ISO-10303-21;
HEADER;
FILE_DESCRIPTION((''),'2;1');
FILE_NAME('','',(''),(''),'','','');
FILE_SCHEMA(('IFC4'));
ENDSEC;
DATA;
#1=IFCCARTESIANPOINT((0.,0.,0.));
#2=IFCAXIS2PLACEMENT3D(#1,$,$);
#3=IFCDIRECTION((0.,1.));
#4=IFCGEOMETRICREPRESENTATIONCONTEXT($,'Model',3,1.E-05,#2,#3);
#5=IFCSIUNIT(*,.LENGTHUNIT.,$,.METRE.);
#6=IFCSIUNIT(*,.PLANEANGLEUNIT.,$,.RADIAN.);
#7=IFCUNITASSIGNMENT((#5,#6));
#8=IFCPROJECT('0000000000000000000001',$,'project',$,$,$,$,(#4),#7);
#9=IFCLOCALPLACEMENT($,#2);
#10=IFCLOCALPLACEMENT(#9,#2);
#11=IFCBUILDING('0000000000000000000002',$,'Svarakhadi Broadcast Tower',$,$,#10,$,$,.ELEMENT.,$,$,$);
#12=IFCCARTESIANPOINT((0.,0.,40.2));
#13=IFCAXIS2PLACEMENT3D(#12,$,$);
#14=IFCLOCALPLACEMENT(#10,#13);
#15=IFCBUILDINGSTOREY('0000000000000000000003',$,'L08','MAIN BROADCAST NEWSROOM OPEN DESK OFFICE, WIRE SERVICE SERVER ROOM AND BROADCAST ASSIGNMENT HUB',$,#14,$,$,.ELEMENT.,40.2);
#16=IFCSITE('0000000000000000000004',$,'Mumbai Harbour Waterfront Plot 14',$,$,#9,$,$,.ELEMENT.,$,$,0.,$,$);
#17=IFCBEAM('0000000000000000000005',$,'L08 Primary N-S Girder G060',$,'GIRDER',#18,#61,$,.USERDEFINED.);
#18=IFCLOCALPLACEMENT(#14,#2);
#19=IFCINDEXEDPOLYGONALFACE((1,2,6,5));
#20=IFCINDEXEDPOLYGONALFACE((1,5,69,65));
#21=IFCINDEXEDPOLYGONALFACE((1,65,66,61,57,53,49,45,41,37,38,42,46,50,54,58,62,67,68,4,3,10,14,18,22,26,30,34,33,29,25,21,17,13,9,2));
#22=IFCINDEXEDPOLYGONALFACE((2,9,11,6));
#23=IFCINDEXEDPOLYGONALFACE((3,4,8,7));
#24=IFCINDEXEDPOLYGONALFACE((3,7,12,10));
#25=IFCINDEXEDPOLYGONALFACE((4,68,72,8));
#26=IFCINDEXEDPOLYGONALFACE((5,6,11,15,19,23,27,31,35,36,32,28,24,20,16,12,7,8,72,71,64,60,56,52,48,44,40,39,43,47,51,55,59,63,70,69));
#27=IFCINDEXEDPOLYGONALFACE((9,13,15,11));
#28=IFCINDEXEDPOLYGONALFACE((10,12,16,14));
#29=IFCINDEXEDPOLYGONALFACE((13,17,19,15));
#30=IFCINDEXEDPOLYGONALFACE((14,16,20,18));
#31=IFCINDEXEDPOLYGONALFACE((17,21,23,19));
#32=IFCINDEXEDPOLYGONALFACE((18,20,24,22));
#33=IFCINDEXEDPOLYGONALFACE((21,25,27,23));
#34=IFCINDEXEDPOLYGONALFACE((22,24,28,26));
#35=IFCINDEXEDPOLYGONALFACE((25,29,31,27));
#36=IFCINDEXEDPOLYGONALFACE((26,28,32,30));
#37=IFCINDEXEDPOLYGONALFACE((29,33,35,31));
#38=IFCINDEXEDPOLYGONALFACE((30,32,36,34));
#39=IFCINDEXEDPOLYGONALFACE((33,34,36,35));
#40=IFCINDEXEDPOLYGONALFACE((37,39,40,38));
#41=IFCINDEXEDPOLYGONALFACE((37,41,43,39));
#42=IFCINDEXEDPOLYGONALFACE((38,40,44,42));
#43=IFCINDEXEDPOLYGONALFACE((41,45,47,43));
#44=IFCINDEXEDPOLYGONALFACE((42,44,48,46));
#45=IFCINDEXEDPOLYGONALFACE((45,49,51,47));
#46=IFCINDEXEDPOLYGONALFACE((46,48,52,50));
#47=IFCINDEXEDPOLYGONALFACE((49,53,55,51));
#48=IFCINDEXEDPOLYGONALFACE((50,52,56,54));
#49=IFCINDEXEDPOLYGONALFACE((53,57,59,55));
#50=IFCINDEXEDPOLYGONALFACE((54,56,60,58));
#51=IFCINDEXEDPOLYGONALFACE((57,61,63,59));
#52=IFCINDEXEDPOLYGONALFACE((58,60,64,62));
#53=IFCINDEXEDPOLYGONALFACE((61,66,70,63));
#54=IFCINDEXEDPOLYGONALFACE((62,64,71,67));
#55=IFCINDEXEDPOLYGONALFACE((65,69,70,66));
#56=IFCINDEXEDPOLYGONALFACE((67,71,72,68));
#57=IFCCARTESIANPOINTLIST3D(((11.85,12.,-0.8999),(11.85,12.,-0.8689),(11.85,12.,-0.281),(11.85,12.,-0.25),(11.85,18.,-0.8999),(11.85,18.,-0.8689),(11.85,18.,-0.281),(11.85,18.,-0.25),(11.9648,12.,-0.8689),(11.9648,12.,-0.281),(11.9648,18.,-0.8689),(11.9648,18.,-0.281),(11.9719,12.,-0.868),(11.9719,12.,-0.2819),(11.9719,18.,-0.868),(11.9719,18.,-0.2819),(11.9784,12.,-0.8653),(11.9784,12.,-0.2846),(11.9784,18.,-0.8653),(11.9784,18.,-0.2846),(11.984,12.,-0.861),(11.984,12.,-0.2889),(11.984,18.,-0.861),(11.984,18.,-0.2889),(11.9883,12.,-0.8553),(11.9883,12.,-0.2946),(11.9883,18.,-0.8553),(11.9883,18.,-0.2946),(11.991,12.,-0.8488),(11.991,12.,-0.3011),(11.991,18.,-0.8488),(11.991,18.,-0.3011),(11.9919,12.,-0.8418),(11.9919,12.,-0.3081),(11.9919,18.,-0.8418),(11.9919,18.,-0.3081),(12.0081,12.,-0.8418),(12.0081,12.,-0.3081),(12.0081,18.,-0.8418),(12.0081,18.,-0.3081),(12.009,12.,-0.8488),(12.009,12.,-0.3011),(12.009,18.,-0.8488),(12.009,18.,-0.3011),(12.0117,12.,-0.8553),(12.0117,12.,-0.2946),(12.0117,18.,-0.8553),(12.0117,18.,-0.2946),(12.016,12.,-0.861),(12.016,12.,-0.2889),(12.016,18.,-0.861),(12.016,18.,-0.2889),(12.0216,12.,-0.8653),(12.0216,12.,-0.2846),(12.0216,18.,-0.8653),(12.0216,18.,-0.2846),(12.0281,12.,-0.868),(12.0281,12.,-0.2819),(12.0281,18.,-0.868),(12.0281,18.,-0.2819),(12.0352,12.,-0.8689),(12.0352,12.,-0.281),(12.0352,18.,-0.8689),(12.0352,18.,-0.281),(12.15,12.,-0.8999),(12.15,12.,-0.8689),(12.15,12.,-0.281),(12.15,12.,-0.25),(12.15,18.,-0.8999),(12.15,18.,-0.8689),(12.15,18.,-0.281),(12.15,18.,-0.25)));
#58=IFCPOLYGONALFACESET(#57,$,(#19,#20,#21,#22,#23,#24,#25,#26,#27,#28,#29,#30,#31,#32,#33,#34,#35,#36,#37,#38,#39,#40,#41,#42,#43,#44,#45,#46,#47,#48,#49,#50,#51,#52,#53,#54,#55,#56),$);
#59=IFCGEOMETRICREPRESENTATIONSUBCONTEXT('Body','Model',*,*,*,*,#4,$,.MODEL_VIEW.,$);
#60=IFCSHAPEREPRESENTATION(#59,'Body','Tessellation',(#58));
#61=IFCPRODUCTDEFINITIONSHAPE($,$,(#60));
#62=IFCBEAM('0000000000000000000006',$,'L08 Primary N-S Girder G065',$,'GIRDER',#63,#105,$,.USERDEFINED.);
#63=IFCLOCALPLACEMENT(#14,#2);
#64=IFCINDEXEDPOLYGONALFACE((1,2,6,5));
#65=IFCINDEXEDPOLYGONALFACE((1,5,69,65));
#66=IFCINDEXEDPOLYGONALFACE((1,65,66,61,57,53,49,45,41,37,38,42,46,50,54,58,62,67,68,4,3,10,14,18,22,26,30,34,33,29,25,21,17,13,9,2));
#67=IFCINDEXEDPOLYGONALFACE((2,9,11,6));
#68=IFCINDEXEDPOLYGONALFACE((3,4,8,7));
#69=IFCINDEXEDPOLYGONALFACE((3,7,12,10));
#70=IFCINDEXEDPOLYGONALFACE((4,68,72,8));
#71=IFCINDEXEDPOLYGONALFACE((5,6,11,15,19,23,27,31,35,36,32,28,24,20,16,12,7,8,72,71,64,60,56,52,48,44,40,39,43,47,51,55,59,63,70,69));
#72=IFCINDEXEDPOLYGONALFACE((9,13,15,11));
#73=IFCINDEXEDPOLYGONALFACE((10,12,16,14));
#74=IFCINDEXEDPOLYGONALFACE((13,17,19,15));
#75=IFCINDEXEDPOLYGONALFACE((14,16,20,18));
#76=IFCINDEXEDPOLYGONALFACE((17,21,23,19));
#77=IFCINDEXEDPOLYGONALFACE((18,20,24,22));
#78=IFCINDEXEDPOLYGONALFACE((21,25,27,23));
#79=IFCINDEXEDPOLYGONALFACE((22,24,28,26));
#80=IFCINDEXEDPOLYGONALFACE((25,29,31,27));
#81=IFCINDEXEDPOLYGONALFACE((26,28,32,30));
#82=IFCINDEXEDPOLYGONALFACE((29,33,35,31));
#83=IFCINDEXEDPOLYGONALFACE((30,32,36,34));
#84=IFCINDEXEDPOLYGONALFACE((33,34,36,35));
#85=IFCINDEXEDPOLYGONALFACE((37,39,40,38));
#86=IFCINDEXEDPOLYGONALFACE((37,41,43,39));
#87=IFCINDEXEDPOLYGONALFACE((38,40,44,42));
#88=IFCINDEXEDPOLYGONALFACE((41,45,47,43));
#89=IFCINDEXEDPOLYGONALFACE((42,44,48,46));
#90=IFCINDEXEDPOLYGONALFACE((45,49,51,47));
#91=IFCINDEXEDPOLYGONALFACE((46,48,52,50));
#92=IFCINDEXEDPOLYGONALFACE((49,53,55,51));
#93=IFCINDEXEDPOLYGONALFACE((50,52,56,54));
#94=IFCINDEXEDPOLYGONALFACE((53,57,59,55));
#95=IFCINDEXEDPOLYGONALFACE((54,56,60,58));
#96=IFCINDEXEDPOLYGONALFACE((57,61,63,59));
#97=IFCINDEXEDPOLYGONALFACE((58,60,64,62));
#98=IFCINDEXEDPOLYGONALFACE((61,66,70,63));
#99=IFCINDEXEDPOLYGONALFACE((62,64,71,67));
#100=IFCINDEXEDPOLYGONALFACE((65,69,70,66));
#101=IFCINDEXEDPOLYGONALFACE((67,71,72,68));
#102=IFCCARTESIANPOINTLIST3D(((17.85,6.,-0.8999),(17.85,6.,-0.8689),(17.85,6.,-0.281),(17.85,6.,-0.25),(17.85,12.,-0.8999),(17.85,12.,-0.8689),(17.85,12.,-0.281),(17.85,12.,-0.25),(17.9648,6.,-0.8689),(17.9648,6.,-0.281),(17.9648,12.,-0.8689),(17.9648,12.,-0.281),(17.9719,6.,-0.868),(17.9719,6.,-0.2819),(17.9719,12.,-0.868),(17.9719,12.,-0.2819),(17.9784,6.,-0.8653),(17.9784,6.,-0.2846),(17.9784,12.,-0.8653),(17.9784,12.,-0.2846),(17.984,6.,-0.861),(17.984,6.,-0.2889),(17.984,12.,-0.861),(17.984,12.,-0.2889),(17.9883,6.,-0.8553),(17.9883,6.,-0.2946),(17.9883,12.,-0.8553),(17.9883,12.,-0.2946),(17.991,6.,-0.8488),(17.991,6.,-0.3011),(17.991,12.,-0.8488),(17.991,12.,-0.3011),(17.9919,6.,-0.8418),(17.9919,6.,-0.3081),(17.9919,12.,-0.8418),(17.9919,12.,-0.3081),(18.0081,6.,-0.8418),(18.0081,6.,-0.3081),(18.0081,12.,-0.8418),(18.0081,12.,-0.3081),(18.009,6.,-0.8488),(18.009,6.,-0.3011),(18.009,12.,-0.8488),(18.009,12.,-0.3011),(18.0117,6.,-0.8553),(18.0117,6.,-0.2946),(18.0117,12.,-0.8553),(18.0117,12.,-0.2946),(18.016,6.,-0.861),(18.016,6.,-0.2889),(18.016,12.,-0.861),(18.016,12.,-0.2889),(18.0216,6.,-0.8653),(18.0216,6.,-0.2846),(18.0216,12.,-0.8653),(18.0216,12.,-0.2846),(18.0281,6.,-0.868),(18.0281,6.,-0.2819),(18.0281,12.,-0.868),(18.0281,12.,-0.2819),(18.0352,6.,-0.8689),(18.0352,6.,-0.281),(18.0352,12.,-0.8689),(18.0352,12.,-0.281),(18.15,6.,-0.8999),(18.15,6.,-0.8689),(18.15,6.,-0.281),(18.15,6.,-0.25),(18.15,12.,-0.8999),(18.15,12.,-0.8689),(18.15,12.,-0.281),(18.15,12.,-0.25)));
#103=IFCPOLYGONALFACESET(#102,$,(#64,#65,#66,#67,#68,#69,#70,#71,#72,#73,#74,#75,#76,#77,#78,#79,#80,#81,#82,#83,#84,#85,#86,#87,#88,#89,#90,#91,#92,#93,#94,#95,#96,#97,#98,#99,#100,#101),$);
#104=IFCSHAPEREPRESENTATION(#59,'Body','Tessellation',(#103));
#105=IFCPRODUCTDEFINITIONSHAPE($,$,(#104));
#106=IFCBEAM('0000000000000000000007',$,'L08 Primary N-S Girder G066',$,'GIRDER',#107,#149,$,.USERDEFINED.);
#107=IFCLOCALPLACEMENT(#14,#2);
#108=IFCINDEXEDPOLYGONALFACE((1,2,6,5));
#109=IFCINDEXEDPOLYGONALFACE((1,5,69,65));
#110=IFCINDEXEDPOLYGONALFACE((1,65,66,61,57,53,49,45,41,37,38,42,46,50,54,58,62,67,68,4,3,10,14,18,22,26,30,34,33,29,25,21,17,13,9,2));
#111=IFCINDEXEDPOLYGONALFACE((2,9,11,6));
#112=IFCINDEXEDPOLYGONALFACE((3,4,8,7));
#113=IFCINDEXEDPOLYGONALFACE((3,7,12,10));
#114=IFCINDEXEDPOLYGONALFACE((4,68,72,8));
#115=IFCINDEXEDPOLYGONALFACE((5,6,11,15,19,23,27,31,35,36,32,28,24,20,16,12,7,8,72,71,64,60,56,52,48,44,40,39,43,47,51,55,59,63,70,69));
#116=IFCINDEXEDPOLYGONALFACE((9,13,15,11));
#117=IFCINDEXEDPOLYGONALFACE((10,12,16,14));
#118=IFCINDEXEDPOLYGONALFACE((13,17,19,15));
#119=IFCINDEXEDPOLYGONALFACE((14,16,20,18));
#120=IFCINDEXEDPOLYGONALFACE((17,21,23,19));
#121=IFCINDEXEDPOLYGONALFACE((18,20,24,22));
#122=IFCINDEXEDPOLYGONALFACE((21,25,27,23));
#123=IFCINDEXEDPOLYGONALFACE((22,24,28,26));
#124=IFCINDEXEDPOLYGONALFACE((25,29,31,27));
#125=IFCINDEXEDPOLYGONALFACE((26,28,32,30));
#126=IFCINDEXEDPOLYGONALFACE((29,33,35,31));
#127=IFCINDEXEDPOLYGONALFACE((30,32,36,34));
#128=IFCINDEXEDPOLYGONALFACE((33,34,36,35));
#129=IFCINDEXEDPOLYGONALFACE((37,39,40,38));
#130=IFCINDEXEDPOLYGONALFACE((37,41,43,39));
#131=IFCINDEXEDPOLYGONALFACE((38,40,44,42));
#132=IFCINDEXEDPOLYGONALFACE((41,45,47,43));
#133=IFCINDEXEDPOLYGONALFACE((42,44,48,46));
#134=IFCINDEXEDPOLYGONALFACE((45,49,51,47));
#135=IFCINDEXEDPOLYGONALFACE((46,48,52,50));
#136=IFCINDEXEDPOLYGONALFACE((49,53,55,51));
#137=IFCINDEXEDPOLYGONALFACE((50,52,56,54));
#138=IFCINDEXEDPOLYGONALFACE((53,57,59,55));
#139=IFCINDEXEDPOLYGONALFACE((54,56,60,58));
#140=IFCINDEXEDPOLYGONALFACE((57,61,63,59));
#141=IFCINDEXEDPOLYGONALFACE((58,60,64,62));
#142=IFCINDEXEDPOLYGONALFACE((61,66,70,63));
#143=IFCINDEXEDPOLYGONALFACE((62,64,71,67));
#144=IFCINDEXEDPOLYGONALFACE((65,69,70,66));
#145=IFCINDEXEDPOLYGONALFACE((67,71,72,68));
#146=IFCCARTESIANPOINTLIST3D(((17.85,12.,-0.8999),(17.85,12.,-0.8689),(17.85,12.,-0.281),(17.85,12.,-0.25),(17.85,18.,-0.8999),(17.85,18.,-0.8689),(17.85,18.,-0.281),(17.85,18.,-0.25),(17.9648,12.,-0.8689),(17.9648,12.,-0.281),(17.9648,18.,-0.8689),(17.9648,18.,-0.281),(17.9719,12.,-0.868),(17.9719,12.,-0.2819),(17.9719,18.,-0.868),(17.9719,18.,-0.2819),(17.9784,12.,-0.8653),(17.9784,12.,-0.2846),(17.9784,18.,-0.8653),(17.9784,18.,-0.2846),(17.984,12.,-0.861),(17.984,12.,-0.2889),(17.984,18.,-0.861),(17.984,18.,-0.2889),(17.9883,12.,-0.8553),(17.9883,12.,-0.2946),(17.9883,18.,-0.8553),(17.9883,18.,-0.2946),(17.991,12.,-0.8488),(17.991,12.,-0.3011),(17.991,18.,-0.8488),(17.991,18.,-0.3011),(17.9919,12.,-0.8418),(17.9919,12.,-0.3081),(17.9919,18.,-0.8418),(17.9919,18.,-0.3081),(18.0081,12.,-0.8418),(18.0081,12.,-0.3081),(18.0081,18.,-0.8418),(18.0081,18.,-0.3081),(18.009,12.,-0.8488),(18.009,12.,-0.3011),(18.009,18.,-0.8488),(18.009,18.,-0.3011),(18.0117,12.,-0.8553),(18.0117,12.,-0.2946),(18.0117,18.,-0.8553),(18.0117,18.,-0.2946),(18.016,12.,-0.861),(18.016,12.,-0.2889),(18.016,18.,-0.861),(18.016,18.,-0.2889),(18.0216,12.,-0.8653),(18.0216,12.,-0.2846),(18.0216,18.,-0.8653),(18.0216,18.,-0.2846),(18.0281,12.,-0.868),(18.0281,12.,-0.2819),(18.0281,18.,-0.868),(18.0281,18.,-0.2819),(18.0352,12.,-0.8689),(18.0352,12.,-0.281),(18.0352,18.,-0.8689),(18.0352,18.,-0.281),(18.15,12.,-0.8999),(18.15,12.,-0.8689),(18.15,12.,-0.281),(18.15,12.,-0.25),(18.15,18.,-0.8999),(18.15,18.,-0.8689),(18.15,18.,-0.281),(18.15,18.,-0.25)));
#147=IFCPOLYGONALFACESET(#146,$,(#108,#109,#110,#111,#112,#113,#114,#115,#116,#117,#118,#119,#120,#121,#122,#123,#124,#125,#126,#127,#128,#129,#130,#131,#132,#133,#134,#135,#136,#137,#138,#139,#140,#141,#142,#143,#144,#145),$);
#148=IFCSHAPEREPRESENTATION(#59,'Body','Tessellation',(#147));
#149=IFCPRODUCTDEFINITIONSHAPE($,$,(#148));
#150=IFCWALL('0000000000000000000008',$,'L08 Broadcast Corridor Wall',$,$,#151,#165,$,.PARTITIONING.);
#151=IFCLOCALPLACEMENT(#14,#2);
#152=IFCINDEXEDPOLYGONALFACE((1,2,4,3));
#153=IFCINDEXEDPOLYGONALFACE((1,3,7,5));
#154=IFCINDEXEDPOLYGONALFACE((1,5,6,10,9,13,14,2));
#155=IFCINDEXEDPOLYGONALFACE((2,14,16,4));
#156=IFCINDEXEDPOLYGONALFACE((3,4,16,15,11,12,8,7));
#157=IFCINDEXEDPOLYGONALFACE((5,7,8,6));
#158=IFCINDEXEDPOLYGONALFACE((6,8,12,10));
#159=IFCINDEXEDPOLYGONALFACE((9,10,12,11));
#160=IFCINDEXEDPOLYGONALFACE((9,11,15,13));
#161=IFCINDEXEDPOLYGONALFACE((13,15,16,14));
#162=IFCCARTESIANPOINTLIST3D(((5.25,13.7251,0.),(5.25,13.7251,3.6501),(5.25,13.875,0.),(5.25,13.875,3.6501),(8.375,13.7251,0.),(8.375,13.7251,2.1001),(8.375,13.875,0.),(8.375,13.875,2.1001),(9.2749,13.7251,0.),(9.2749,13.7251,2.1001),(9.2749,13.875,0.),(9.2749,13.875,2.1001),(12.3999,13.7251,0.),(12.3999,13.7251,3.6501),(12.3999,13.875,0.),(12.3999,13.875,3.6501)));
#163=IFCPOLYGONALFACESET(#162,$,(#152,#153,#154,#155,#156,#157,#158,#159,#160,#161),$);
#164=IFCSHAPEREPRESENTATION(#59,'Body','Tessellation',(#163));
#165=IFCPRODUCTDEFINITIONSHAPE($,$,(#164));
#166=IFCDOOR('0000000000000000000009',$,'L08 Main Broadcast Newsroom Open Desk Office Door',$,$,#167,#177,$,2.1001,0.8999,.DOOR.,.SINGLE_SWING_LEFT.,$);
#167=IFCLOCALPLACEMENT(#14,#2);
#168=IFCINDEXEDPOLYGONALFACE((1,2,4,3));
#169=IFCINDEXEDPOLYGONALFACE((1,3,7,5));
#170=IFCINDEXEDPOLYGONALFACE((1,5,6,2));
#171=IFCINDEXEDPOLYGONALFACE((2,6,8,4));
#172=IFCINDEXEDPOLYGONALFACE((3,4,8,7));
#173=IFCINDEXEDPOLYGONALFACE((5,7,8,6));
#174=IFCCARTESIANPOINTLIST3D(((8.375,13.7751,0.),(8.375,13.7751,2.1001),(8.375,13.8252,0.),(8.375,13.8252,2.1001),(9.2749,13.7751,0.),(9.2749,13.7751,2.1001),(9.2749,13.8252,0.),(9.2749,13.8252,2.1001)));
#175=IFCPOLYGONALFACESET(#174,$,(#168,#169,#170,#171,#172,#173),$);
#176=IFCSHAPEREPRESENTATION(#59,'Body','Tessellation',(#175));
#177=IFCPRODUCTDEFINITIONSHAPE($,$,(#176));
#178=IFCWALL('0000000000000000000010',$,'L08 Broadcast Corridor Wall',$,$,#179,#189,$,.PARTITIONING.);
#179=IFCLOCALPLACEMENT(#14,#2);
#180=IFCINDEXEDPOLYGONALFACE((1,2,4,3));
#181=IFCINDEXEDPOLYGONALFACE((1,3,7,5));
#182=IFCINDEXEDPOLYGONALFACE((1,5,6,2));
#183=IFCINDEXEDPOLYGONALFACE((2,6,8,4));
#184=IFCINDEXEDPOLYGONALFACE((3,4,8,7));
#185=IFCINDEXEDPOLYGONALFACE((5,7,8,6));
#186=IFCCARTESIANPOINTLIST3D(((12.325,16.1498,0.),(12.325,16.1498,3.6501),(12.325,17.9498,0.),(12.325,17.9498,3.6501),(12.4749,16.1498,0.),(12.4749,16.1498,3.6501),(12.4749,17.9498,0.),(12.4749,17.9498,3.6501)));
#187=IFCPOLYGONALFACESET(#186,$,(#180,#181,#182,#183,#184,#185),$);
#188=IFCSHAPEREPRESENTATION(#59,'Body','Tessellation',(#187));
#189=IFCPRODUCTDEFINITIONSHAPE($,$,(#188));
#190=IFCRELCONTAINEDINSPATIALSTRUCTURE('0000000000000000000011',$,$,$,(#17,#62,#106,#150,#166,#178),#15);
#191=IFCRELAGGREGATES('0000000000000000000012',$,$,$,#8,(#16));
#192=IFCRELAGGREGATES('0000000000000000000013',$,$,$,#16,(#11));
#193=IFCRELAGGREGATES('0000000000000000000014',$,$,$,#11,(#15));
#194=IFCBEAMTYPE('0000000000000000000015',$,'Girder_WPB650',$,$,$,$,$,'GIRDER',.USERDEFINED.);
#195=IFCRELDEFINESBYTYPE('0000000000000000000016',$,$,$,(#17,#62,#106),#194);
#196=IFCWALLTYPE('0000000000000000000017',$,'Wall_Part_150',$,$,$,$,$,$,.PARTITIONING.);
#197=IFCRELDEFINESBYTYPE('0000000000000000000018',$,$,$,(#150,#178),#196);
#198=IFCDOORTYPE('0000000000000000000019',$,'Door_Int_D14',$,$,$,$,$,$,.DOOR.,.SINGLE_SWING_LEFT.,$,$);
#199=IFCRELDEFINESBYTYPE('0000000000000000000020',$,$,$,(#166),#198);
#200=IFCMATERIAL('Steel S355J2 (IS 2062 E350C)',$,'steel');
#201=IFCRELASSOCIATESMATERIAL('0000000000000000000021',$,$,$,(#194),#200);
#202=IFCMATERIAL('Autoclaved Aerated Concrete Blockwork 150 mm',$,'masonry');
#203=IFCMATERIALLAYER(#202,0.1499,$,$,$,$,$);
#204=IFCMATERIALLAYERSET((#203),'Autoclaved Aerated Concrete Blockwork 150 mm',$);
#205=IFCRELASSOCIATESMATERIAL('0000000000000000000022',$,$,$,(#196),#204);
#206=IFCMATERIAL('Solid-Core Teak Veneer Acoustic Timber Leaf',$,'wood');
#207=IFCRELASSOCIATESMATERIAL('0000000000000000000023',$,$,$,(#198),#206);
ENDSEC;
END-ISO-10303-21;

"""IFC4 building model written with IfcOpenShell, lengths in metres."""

from ifc_helpers import new_model, si_unit, direction, frame, frame_2d, origin, origin_2d, place, context, subcontext, project, spatial, rectangle, i_section, extrude, material, layer, layer_set, material_profile, profile_set, type_object, element, fill, save


model = new_model("IFC4")

# Units and contexts
model_context = context("Model", 3, precision=1e-05, world=origin(), true_north=direction((0.0, 1.0)))
body_context = subcontext(model_context, "Body", "Model", "MODEL_VIEW")
ifc_project = project(units=[si_unit("LENGTHUNIT", "METRE"), si_unit("PLANEANGLEUNIT", "RADIAN")], contexts=[model_context])

# Site, building, storey
site_placement = place(None, origin())
site = spatial("IfcSite", under=ifc_project, at=site_placement, Name="Mumbai Harbour Waterfront Plot 14", CompositionType="ELEMENT", RefElevation=0.0)
building_placement = place(site_placement, origin())
building = spatial("IfcBuilding", under=site, at=building_placement, Name="Svarakhadi Broadcast Tower", CompositionType="ELEMENT")
storey_placement = place(building_placement, frame((0.0, 0.0, 40.2)))
storey = spatial("IfcBuildingStorey", under=building, at=storey_placement, Name="L08", Description="MAIN BROADCAST NEWSROOM OPEN DESK OFFICE, WIRE SERVICE SERVER ROOM AND BROADCAST ASSIGNMENT HUB", CompositionType="ELEMENT", Elevation=40.2)

# Beams
ifc_material_1 = material(Name="Steel S355J2 (IS 2062 E350C)", Category="steel")
ifc_material_profile_1 = material_profile(ifc_material_1, i_section(OverallWidth=0.3, OverallDepth=0.6499, WebThickness=0.0161, FlangeThickness=0.031, FilletRadius=0.0271, at=origin_2d()), Name="WPB 650x300x225")
ifc_profile_set_1 = profile_set([ifc_material_profile_1], Name="Steel S355J2 (IS 2062 E350C)")
beam_type_1 = type_object("IfcBeamType", Name="Girder_WPB650", ElementType="GIRDER", PredefinedType="USERDEFINED", material=ifc_profile_set_1)
for number, where, z_axis, x_axis, name in (
    (1, (12.0, 12.0, -0.575), (0.0, 1.0, 0.0), (-1.0, 0.0, 0.0), "L08 Primary N-S Girder G060"),
    (2, (18.0, 6.0, -0.575), (0.0, 1.0, 0.0), (-1.0, 0.0, 0.0), "L08 Primary N-S Girder G065"),
    (3, (18.0, 12.0, -0.575), (0.0, 1.0, 0.0), (-1.0, 0.0, 0.0), "L08 Primary N-S Girder G066"),
):
    element("IfcBeam", number, at=place(storey_placement, frame(where, z_axis=z_axis, x_axis=x_axis)), inside=storey, type_object=beam_type_1, Name=name, ObjectType="GIRDER", PredefinedType="USERDEFINED", context=body_context, shape_type="SweptSolid", body=[
        extrude(i_section(OverallWidth=0.3, OverallDepth=0.6499, WebThickness=0.0161, FlangeThickness=0.031, FilletRadius=0.0271, at=origin_2d()), origin(), (0.0, 0.0, 1.0), 6.0),
    ])

# Wall, opening, door
ifc_material_2 = material(Name="Autoclaved Aerated Concrete Blockwork 150 mm", Category="masonry")
ifc_layer = layer(ifc_material_2, 0.1499)
ifc_layer_set = layer_set([ifc_layer], Name="Autoclaved Aerated Concrete Blockwork 150 mm")
wall_type = type_object("IfcWallType", Name="Wall_Part_150", PredefinedType="PARTITIONING", material=ifc_layer_set)
wall_1_placement = place(storey_placement, frame((12.3999, 13.8, 0.0), z_axis=(0.0, 0.0, 1.0), x_axis=(-1.0, 0.0, 0.0)))
wall_1 = element("IfcWall", 4, at=wall_1_placement, inside=storey, type_object=wall_type, Name="L08 Broadcast Corridor Wall", PredefinedType="PARTITIONING", context=body_context, shape_type="SweptSolid", body=[
    extrude(rectangle(XDim=7.1499, YDim=0.1499, at=frame_2d((3.575, 0.0))), origin(), (0.0, 0.0, 1.0), 3.6501),
])
opening_placement = place(wall_1_placement, frame((3.125, 0.0, 0.0)))
opening = element("IfcOpeningElement", 5, at=opening_placement, cuts=wall_1, PredefinedType="OPENING", context=body_context, shape_type="SweptSolid", body=[
    extrude(rectangle(XDim=0.8999, YDim=2.1001, at=frame_2d((0.45, 1.05))), frame((0.0, 0.085, 0.0), z_axis=(0.0, -1.0, 0.0), x_axis=(1.0, 0.0, 0.0)), (0.0, 0.0, 1.0), 0.1699),
])
ifc_material_3 = material(Name="Solid-Core Teak Veneer Acoustic Timber Leaf", Category="wood")
door_type = type_object("IfcDoorType", Name="Door_Int_D14", OperationType="SINGLE_SWING_LEFT", PredefinedType="DOOR", material=ifc_material_3)
door_placement = place(opening_placement, origin())
door = element("IfcDoor", 6, at=door_placement, inside=storey, type_object=door_type, Name="L08 Main Broadcast Newsroom Open Desk Office Door", OperationType="SINGLE_SWING_LEFT", OverallHeight=2.1001, OverallWidth=0.8999, PredefinedType="DOOR", context=body_context, shape_type="SweptSolid", body=[
    extrude(rectangle(XDim=0.8999, YDim=2.1001, at=frame_2d((0.45, 1.05))), frame((0.0, 0.0249, 0.0), z_axis=(0.0, -1.0, 0.0), x_axis=(1.0, 0.0, 0.0)), (0.0, 0.0, 1.0), 0.05),
])
fill(opening, door)

# Wall
wall_2_placement = place(storey_placement, frame((12.3999, 16.1499, 0.0), z_axis=(0.0, 0.0, 1.0), x_axis=(0.0, 1.0, 0.0)))
element("IfcWall", 7, at=wall_2_placement, inside=storey, type_object=wall_type, Name="L08 Broadcast Corridor Wall", PredefinedType="PARTITIONING", context=body_context, shape_type="SweptSolid", body=[
    extrude(rectangle(XDim=1.8, YDim=0.1499, at=frame_2d((0.8999, 0.0))), origin(), (0.0, 0.0, 1.0), 3.6501),
])

save(model, "model.ifc")
